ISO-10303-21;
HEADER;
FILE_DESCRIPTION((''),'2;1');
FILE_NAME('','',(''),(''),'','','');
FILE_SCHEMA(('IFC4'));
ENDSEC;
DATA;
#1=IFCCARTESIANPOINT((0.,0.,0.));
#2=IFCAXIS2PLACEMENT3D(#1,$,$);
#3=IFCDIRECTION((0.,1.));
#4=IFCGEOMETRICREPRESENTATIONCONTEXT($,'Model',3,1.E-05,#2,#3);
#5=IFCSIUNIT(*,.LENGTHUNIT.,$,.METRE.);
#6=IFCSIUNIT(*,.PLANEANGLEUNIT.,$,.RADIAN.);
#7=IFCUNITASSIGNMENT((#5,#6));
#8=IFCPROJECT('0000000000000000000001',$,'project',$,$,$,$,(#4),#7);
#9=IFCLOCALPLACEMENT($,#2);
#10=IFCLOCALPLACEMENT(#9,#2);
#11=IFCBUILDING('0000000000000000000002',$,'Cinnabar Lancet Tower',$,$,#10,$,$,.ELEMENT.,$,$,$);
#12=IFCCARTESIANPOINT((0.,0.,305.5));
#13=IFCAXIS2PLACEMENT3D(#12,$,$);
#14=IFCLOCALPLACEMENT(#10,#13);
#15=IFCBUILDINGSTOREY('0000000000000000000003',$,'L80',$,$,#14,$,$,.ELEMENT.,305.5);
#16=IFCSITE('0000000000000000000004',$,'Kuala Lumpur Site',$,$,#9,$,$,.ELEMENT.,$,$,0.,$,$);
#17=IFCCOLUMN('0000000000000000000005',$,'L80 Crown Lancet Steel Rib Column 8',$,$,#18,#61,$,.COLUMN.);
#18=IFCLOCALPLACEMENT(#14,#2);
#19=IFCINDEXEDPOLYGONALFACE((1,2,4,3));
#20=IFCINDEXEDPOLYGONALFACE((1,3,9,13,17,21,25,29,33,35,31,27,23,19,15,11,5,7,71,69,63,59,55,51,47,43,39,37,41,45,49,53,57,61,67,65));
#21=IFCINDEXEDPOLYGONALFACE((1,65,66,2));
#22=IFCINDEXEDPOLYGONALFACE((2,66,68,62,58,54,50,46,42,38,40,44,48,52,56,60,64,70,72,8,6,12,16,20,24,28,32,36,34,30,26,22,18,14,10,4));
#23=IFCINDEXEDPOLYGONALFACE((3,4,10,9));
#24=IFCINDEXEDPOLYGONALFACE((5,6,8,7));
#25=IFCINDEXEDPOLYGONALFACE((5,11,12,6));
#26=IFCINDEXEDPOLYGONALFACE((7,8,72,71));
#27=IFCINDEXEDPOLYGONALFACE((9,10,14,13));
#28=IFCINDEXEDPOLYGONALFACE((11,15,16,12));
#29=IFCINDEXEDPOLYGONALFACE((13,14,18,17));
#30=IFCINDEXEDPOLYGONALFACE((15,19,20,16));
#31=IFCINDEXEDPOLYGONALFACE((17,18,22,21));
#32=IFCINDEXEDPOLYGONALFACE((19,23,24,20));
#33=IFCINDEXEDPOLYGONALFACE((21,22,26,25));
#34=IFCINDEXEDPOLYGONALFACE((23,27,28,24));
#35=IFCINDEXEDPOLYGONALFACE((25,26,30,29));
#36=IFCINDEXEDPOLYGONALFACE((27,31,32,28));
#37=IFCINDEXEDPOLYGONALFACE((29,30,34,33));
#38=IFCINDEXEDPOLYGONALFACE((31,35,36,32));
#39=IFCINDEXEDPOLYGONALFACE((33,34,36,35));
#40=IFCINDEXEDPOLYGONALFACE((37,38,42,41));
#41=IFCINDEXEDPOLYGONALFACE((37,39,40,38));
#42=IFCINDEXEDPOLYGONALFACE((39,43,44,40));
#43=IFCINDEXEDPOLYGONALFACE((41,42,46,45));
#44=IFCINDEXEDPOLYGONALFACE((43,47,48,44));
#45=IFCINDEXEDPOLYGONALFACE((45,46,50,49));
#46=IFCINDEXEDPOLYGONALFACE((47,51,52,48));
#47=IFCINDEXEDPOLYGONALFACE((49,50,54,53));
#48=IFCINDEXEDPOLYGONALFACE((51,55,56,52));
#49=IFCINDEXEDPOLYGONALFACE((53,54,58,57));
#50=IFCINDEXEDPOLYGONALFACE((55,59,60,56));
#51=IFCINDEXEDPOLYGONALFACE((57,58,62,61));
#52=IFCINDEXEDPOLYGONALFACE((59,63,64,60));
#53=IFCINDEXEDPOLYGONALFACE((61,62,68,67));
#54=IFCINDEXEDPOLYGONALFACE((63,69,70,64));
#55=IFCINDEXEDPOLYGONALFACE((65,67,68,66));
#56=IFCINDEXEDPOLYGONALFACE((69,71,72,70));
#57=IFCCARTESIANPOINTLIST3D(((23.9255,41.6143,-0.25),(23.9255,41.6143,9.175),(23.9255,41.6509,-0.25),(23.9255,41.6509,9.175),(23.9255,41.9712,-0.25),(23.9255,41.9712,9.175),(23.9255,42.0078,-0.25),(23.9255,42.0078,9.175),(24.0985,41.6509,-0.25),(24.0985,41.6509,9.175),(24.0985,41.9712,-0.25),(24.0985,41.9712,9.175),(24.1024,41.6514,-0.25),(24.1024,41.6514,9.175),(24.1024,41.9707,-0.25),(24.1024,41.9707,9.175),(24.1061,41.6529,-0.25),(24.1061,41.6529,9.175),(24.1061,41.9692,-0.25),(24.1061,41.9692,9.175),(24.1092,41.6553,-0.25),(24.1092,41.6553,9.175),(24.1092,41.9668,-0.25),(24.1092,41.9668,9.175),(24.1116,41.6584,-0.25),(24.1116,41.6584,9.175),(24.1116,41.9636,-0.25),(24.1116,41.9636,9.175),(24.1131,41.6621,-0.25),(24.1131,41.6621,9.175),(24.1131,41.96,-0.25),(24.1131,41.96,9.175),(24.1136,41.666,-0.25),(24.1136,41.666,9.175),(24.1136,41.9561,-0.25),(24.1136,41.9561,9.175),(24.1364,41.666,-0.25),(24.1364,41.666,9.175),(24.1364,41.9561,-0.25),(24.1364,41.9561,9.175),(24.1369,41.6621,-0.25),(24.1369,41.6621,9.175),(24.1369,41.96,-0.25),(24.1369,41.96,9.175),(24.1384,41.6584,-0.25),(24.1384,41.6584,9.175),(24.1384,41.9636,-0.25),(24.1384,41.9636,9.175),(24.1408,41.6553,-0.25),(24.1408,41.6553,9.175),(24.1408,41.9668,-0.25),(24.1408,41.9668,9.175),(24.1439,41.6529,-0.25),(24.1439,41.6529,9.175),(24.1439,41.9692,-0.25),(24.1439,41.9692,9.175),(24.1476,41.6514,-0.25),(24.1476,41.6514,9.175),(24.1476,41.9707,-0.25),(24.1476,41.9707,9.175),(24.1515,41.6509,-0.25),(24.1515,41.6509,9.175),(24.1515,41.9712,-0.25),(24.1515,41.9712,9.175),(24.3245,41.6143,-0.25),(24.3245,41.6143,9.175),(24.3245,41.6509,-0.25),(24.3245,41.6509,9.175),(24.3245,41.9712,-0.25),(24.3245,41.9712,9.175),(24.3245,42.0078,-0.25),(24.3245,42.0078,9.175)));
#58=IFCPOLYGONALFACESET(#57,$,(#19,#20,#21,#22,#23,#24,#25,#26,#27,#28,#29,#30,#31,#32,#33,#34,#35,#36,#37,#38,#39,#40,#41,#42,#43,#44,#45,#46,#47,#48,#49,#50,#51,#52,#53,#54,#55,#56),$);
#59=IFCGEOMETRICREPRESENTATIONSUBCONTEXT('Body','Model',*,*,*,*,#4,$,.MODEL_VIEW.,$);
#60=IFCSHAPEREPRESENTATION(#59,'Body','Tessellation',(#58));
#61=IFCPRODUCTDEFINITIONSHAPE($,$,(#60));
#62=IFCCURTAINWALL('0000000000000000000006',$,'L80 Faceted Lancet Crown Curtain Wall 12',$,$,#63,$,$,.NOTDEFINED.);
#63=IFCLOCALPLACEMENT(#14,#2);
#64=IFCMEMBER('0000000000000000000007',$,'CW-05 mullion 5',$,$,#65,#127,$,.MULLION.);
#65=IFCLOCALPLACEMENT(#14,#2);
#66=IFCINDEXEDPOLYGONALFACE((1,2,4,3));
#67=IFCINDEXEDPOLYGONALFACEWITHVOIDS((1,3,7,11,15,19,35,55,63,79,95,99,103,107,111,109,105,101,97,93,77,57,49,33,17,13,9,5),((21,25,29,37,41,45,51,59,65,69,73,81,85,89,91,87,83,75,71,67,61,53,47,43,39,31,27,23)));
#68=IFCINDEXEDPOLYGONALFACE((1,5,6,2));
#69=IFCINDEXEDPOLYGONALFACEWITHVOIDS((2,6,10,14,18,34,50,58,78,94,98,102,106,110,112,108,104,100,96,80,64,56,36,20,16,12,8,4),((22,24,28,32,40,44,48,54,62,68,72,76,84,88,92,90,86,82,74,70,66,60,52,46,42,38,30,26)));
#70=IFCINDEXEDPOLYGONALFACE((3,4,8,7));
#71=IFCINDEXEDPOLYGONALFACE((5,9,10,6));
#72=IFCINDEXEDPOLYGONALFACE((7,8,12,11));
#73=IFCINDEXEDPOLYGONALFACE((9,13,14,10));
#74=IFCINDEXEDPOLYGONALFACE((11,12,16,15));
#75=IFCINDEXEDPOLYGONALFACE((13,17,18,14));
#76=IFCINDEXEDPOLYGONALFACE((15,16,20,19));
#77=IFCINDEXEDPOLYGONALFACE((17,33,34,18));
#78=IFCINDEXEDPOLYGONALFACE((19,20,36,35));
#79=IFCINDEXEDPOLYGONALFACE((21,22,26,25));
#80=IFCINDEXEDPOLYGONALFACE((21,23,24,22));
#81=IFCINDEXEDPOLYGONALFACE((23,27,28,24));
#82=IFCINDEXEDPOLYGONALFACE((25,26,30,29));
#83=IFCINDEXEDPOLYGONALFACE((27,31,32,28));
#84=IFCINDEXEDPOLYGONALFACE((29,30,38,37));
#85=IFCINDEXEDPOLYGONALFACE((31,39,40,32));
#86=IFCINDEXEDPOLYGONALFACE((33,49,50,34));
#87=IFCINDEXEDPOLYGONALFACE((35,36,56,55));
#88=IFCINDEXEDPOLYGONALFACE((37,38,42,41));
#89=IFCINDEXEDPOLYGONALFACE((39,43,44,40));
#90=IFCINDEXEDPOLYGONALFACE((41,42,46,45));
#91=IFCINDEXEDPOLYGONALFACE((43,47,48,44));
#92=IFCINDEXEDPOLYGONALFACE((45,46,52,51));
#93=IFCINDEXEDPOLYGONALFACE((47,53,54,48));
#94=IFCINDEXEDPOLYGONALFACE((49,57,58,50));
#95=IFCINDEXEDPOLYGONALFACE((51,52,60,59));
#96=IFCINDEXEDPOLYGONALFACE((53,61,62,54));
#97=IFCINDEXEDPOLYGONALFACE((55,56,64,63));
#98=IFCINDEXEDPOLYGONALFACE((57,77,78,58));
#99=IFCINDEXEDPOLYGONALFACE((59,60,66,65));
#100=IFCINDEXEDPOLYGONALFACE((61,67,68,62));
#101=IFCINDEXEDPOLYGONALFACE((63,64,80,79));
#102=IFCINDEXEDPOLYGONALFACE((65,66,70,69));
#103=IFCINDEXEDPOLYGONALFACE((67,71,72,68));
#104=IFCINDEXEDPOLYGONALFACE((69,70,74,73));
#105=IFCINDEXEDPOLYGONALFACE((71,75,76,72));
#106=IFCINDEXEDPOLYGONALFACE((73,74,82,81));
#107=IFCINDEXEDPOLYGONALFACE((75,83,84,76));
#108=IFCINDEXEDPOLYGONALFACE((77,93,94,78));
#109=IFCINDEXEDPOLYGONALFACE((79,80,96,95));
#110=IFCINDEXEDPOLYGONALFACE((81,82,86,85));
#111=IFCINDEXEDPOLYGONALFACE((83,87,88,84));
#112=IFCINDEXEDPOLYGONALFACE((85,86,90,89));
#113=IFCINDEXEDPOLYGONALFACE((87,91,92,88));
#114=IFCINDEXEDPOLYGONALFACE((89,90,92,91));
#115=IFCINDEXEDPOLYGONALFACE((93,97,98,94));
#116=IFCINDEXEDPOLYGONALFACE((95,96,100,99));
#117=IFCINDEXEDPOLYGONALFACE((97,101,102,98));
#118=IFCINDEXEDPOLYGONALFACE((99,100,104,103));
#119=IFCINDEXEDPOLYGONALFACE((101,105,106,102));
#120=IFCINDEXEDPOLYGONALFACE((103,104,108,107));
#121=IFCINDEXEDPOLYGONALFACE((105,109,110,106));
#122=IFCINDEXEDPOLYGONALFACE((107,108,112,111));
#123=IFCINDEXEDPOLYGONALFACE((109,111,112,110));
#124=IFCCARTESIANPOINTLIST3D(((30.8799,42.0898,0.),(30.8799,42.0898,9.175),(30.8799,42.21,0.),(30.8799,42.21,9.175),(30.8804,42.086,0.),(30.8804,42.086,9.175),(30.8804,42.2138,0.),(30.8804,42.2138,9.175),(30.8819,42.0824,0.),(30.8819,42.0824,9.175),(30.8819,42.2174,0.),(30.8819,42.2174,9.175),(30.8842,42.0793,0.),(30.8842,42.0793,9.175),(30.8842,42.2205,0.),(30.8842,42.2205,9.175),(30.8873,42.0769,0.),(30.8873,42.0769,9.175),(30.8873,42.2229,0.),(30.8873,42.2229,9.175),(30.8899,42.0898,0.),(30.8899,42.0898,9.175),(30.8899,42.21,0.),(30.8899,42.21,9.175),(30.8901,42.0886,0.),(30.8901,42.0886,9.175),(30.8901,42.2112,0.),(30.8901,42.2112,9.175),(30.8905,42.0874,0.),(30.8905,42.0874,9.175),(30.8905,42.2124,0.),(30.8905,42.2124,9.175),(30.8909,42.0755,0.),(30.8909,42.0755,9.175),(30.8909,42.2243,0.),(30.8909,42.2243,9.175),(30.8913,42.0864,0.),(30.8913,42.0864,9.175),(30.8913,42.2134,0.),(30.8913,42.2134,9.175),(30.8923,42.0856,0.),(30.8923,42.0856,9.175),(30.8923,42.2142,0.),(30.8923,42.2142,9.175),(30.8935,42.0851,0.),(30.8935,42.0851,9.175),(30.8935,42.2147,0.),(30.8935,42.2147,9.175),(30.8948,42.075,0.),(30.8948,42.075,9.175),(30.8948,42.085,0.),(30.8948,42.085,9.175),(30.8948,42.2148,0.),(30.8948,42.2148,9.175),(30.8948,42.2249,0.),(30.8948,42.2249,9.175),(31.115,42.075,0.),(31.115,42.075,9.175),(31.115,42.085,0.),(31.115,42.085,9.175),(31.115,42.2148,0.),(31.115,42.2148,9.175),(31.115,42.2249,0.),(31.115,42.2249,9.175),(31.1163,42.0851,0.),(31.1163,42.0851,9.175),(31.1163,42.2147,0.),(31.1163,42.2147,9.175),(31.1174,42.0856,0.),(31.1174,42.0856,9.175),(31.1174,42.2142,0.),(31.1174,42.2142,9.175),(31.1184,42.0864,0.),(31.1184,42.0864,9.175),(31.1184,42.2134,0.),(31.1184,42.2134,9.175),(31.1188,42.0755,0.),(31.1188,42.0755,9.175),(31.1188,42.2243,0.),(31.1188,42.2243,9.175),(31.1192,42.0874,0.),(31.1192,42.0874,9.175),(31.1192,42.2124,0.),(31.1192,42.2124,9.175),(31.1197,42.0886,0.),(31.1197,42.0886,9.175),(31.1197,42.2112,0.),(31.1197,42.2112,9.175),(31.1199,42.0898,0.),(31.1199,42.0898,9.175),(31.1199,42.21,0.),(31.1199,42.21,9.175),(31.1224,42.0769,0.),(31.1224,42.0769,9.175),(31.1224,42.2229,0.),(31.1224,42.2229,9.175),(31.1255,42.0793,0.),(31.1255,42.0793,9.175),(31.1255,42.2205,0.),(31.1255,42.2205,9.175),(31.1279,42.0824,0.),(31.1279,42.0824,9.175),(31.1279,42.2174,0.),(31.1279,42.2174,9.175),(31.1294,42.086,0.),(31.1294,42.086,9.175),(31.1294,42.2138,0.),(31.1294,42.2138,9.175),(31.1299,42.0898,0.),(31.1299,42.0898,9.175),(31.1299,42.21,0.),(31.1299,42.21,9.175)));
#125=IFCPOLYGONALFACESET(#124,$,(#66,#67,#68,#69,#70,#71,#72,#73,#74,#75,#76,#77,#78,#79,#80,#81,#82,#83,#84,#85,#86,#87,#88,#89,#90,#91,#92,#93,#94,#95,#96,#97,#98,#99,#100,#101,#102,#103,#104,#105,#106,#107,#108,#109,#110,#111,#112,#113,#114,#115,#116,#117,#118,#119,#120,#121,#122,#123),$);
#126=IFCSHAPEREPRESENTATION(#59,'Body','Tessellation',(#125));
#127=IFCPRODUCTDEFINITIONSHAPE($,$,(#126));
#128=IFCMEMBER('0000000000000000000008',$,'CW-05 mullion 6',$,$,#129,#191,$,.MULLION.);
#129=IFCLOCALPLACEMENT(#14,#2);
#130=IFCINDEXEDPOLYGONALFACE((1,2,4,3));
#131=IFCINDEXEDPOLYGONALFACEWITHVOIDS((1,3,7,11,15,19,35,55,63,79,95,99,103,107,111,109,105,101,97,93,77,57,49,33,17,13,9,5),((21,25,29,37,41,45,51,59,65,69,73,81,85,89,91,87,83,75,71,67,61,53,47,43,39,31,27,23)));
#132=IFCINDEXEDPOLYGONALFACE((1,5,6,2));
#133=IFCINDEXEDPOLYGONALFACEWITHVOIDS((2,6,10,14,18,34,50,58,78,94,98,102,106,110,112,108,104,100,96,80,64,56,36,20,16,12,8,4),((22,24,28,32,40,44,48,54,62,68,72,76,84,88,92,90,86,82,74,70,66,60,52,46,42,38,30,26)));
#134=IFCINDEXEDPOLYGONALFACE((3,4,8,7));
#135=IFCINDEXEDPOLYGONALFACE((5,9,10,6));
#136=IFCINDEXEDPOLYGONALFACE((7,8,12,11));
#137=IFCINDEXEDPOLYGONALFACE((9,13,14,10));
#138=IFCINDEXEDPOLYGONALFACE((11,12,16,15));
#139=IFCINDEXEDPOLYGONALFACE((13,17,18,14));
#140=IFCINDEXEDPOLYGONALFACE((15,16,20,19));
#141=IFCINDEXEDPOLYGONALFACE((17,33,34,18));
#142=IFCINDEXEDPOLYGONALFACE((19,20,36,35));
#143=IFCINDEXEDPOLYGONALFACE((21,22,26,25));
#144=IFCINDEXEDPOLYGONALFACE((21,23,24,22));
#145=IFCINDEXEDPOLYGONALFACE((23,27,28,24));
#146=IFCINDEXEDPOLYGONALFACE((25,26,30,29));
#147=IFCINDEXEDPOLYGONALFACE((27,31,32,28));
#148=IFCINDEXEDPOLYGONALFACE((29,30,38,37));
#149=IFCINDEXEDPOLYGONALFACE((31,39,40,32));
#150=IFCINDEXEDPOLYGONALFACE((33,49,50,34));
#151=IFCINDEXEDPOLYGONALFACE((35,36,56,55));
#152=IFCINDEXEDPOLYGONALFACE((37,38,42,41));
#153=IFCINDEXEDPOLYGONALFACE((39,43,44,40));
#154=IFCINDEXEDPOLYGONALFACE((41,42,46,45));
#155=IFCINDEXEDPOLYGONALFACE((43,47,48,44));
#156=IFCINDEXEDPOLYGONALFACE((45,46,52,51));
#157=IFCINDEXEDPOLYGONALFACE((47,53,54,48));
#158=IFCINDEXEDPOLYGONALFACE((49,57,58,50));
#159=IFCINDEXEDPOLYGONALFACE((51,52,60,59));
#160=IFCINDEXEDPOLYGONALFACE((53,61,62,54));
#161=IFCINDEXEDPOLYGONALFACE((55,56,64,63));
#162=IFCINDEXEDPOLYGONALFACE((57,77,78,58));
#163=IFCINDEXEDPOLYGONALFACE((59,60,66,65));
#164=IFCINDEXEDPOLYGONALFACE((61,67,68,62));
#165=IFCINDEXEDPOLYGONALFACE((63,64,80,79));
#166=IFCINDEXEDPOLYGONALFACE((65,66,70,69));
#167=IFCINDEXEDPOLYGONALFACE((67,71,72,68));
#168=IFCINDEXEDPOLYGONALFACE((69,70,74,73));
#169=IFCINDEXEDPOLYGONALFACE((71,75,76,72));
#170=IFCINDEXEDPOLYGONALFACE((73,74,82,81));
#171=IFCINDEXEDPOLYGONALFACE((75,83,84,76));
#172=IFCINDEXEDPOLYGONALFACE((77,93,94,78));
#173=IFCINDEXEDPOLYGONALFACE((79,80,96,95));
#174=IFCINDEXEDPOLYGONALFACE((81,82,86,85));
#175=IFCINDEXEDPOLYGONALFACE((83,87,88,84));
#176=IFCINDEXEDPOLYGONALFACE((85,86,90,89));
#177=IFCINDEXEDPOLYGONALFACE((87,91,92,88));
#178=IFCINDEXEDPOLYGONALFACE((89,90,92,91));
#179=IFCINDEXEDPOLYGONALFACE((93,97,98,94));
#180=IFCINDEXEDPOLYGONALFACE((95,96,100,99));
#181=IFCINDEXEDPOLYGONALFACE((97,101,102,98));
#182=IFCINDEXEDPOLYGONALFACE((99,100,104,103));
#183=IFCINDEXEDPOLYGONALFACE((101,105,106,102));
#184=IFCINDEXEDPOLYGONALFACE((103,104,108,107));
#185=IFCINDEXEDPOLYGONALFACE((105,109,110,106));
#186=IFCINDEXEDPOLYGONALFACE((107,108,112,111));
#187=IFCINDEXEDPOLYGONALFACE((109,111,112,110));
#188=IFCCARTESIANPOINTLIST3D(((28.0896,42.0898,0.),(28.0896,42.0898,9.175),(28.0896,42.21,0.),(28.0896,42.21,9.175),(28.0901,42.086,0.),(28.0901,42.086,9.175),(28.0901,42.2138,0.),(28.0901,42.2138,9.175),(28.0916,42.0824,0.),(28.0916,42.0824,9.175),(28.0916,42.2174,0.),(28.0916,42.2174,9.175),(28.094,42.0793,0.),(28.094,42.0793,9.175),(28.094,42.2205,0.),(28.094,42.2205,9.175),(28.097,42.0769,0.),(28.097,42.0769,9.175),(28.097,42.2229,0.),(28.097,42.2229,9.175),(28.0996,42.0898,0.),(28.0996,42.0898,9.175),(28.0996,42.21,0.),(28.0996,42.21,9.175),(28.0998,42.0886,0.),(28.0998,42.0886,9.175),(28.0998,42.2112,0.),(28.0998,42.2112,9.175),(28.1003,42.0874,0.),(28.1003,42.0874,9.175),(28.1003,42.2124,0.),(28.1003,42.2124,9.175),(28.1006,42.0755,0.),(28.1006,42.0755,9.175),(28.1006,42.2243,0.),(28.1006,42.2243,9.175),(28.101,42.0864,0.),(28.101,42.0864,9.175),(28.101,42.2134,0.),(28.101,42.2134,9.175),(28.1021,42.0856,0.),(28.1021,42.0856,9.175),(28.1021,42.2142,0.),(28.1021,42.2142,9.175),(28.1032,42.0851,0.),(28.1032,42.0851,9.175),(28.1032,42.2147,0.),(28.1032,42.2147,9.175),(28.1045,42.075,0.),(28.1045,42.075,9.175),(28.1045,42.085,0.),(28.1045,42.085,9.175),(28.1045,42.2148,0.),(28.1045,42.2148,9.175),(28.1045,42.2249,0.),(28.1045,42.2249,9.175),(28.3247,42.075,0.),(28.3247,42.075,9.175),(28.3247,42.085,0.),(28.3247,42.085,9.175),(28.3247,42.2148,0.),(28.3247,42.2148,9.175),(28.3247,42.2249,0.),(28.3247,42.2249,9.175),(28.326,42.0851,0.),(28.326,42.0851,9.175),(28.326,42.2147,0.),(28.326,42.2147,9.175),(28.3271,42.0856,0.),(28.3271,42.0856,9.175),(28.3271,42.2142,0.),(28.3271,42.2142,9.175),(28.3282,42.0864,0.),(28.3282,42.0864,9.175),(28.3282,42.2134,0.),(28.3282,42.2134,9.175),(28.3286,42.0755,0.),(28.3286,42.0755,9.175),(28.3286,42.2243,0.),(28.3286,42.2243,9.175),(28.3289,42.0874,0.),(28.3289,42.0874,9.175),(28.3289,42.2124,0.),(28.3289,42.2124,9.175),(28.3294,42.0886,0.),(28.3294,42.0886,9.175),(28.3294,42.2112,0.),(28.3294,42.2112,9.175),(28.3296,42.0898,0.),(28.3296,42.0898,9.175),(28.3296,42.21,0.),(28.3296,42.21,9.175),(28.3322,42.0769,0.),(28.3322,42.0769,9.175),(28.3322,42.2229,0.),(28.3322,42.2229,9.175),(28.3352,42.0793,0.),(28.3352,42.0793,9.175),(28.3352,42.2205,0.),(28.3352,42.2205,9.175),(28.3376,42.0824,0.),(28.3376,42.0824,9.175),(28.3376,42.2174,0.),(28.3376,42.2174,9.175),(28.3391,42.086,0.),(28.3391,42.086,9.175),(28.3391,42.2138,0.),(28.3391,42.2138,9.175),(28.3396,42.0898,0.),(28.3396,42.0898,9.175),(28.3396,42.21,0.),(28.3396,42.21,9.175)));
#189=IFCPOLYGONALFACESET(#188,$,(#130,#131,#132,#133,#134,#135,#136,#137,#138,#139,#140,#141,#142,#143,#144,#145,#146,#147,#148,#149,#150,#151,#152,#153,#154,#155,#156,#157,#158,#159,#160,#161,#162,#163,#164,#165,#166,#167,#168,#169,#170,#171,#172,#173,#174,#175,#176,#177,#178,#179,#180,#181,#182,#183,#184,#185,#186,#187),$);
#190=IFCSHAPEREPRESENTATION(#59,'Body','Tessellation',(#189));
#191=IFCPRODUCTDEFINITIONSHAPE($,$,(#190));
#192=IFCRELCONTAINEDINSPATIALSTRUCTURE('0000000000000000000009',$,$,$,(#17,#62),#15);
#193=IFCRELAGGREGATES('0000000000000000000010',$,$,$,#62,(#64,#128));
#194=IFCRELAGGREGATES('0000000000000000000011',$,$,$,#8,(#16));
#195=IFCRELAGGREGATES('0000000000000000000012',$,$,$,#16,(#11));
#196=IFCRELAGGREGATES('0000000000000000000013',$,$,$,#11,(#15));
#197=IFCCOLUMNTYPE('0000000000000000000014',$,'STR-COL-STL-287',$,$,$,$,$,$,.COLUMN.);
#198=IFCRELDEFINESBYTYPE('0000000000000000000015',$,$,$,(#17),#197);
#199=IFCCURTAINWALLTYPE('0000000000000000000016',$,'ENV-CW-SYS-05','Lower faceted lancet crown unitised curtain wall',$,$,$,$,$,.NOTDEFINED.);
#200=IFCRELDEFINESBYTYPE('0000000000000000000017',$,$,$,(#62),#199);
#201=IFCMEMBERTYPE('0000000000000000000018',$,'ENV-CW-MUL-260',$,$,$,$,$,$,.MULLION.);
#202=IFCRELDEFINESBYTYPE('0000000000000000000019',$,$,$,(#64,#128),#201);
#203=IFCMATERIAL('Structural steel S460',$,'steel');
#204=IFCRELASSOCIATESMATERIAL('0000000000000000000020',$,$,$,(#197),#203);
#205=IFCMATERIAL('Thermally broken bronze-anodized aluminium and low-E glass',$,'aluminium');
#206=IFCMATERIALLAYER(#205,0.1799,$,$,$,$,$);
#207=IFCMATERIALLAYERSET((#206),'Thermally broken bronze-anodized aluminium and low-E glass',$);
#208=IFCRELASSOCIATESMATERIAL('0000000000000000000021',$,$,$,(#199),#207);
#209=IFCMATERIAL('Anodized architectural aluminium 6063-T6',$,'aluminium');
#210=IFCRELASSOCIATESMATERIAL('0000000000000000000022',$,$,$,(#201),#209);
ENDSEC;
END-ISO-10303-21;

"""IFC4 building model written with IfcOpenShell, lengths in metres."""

from ifc_helpers import new_model, si_unit, direction, frame, origin, origin_2d, place, context, subcontext, project, spatial, hollow_rectangle, i_section, extrude, material, layer, layer_set, material_profile, profile_set, type_object, element, aggregate, save


model = new_model("IFC4")

# Units and contexts
model_context = context("Model", 3, precision=1e-05, world=origin(), true_north=direction((0.0, 1.0)))
body_context = subcontext(model_context, "Body", "Model", "MODEL_VIEW")
ifc_project = project(units=[si_unit("LENGTHUNIT", "METRE"), si_unit("PLANEANGLEUNIT", "RADIAN")], contexts=[model_context])

# Site, building, storey
site_placement = place(None, origin())
site = spatial("IfcSite", under=ifc_project, at=site_placement, Name="Kuala Lumpur Site", CompositionType="ELEMENT", RefElevation=0.0)
building_placement = place(site_placement, origin())
building = spatial("IfcBuilding", under=site, at=building_placement, Name="Cinnabar Lancet Tower", CompositionType="ELEMENT")
storey_placement = place(building_placement, frame((0.0, 0.0, 305.5)))
storey = spatial("IfcBuildingStorey", under=building, at=storey_placement, Name="L80", CompositionType="ELEMENT", Elevation=305.5)

# Column
ifc_material_1 = material(Name="Structural steel S460", Category="steel")
ifc_material_profile_1 = material_profile(ifc_material_1, i_section(OverallWidth=0.3989, OverallDepth=0.3936, WebThickness=0.0227, FlangeThickness=0.0366, FilletRadius=0.0151, at=origin_2d()), Name="UKC 356x406x287")
ifc_profile_set_1 = profile_set([ifc_material_profile_1], Name="Structural steel S460")
column_type = type_object("IfcColumnType", Name="STR-COL-STL-287", PredefinedType="COLUMN", material=ifc_profile_set_1)
column_placement = place(storey_placement, frame((24.125, 41.811, -0.25), z_axis=(0.0, 0.0, 1.0), x_axis=(1.0, 0.0, 0.0)))
element("IfcColumn", 1, at=column_placement, inside=storey, type_object=column_type, Name="L80 Crown Lancet Steel Rib Column 8", PredefinedType="COLUMN", context=body_context, shape_type="SweptSolid", body=[
    extrude(i_section(OverallWidth=0.3989, OverallDepth=0.3936, WebThickness=0.0227, FlangeThickness=0.0366, FilletRadius=0.0151, at=origin_2d()), origin(), (0.0, 0.0, 1.0), 9.425),
])

# Curtain wall, members
ifc_material_2 = material(Name="Thermally broken bronze-anodized aluminium and low-E glass", Category="aluminium")
ifc_layer_1 = layer(ifc_material_2, 0.1799)
ifc_layer_set_1 = layer_set([ifc_layer_1], Name="Thermally broken bronze-anodized aluminium and low-E glass")
curtain_wall_type = type_object("IfcCurtainWallType", Name="ENV-CW-SYS-05", Description="Lower faceted lancet crown unitised curtain wall", PredefinedType="NOTDEFINED", material=ifc_layer_set_1)
curtain_wall_1_placement = place(storey_placement, origin())
curtain_wall_1 = element("IfcCurtainWall", 2, at=curtain_wall_1_placement, inside=storey, type_object=curtain_wall_type, Name="L80 Faceted Lancet Crown Curtain Wall 12", PredefinedType="NOTDEFINED")
ifc_material_3 = material(Name="Anodized architectural aluminium 6063-T6", Category="aluminium")
ifc_material_profile_2 = material_profile(ifc_material_3, hollow_rectangle(XDim=0.1499, YDim=0.25, WallThickness=0.01, InnerFilletRadius=0.0049, OuterFilletRadius=0.0149, at=origin_2d()), Name="RHS 250x150x10")
ifc_profile_set_2 = profile_set([ifc_material_profile_2], Name="Anodized architectural aluminium 6063-T6")
member_type_1 = type_object("IfcMemberType", Name="ENV-CW-MUL-260", PredefinedType="MULLION", material=ifc_profile_set_2)
member_1_placement = place(storey_placement, frame((31.0049, 42.1499, 0.0), z_axis=(0.0, 0.0, 1.0), x_axis=(0.0, -1.0, 0.0)))
member_1 = element("IfcMember", 3, at=member_1_placement, type_object=member_type_1, Name="CW-05 mullion 5", PredefinedType="MULLION", context=body_context, shape_type="SweptSolid", body=[
    extrude(hollow_rectangle(XDim=0.1499, YDim=0.25, WallThickness=0.01, InnerFilletRadius=0.0049, OuterFilletRadius=0.0149, at=origin_2d()), origin(), (0.0, 0.0, 1.0), 9.175),
])
member_2_placement = place(storey_placement, frame((28.2146, 42.1499, 0.0), z_axis=(0.0, 0.0, 1.0), x_axis=(0.0, -1.0, 0.0)))
member_2 = element("IfcMember", 4, at=member_2_placement, type_object=member_type_1, Name="CW-05 mullion 6", PredefinedType="MULLION", context=body_context, shape_type="SweptSolid", body=[
    extrude(hollow_rectangle(XDim=0.1499, YDim=0.25, WallThickness=0.01, InnerFilletRadius=0.0049, OuterFilletRadius=0.0149, at=origin_2d()), origin(), (0.0, 0.0, 1.0), 9.175),
])

aggregate(curtain_wall_1, [member_1, member_2])

save(model, "model.ifc")
